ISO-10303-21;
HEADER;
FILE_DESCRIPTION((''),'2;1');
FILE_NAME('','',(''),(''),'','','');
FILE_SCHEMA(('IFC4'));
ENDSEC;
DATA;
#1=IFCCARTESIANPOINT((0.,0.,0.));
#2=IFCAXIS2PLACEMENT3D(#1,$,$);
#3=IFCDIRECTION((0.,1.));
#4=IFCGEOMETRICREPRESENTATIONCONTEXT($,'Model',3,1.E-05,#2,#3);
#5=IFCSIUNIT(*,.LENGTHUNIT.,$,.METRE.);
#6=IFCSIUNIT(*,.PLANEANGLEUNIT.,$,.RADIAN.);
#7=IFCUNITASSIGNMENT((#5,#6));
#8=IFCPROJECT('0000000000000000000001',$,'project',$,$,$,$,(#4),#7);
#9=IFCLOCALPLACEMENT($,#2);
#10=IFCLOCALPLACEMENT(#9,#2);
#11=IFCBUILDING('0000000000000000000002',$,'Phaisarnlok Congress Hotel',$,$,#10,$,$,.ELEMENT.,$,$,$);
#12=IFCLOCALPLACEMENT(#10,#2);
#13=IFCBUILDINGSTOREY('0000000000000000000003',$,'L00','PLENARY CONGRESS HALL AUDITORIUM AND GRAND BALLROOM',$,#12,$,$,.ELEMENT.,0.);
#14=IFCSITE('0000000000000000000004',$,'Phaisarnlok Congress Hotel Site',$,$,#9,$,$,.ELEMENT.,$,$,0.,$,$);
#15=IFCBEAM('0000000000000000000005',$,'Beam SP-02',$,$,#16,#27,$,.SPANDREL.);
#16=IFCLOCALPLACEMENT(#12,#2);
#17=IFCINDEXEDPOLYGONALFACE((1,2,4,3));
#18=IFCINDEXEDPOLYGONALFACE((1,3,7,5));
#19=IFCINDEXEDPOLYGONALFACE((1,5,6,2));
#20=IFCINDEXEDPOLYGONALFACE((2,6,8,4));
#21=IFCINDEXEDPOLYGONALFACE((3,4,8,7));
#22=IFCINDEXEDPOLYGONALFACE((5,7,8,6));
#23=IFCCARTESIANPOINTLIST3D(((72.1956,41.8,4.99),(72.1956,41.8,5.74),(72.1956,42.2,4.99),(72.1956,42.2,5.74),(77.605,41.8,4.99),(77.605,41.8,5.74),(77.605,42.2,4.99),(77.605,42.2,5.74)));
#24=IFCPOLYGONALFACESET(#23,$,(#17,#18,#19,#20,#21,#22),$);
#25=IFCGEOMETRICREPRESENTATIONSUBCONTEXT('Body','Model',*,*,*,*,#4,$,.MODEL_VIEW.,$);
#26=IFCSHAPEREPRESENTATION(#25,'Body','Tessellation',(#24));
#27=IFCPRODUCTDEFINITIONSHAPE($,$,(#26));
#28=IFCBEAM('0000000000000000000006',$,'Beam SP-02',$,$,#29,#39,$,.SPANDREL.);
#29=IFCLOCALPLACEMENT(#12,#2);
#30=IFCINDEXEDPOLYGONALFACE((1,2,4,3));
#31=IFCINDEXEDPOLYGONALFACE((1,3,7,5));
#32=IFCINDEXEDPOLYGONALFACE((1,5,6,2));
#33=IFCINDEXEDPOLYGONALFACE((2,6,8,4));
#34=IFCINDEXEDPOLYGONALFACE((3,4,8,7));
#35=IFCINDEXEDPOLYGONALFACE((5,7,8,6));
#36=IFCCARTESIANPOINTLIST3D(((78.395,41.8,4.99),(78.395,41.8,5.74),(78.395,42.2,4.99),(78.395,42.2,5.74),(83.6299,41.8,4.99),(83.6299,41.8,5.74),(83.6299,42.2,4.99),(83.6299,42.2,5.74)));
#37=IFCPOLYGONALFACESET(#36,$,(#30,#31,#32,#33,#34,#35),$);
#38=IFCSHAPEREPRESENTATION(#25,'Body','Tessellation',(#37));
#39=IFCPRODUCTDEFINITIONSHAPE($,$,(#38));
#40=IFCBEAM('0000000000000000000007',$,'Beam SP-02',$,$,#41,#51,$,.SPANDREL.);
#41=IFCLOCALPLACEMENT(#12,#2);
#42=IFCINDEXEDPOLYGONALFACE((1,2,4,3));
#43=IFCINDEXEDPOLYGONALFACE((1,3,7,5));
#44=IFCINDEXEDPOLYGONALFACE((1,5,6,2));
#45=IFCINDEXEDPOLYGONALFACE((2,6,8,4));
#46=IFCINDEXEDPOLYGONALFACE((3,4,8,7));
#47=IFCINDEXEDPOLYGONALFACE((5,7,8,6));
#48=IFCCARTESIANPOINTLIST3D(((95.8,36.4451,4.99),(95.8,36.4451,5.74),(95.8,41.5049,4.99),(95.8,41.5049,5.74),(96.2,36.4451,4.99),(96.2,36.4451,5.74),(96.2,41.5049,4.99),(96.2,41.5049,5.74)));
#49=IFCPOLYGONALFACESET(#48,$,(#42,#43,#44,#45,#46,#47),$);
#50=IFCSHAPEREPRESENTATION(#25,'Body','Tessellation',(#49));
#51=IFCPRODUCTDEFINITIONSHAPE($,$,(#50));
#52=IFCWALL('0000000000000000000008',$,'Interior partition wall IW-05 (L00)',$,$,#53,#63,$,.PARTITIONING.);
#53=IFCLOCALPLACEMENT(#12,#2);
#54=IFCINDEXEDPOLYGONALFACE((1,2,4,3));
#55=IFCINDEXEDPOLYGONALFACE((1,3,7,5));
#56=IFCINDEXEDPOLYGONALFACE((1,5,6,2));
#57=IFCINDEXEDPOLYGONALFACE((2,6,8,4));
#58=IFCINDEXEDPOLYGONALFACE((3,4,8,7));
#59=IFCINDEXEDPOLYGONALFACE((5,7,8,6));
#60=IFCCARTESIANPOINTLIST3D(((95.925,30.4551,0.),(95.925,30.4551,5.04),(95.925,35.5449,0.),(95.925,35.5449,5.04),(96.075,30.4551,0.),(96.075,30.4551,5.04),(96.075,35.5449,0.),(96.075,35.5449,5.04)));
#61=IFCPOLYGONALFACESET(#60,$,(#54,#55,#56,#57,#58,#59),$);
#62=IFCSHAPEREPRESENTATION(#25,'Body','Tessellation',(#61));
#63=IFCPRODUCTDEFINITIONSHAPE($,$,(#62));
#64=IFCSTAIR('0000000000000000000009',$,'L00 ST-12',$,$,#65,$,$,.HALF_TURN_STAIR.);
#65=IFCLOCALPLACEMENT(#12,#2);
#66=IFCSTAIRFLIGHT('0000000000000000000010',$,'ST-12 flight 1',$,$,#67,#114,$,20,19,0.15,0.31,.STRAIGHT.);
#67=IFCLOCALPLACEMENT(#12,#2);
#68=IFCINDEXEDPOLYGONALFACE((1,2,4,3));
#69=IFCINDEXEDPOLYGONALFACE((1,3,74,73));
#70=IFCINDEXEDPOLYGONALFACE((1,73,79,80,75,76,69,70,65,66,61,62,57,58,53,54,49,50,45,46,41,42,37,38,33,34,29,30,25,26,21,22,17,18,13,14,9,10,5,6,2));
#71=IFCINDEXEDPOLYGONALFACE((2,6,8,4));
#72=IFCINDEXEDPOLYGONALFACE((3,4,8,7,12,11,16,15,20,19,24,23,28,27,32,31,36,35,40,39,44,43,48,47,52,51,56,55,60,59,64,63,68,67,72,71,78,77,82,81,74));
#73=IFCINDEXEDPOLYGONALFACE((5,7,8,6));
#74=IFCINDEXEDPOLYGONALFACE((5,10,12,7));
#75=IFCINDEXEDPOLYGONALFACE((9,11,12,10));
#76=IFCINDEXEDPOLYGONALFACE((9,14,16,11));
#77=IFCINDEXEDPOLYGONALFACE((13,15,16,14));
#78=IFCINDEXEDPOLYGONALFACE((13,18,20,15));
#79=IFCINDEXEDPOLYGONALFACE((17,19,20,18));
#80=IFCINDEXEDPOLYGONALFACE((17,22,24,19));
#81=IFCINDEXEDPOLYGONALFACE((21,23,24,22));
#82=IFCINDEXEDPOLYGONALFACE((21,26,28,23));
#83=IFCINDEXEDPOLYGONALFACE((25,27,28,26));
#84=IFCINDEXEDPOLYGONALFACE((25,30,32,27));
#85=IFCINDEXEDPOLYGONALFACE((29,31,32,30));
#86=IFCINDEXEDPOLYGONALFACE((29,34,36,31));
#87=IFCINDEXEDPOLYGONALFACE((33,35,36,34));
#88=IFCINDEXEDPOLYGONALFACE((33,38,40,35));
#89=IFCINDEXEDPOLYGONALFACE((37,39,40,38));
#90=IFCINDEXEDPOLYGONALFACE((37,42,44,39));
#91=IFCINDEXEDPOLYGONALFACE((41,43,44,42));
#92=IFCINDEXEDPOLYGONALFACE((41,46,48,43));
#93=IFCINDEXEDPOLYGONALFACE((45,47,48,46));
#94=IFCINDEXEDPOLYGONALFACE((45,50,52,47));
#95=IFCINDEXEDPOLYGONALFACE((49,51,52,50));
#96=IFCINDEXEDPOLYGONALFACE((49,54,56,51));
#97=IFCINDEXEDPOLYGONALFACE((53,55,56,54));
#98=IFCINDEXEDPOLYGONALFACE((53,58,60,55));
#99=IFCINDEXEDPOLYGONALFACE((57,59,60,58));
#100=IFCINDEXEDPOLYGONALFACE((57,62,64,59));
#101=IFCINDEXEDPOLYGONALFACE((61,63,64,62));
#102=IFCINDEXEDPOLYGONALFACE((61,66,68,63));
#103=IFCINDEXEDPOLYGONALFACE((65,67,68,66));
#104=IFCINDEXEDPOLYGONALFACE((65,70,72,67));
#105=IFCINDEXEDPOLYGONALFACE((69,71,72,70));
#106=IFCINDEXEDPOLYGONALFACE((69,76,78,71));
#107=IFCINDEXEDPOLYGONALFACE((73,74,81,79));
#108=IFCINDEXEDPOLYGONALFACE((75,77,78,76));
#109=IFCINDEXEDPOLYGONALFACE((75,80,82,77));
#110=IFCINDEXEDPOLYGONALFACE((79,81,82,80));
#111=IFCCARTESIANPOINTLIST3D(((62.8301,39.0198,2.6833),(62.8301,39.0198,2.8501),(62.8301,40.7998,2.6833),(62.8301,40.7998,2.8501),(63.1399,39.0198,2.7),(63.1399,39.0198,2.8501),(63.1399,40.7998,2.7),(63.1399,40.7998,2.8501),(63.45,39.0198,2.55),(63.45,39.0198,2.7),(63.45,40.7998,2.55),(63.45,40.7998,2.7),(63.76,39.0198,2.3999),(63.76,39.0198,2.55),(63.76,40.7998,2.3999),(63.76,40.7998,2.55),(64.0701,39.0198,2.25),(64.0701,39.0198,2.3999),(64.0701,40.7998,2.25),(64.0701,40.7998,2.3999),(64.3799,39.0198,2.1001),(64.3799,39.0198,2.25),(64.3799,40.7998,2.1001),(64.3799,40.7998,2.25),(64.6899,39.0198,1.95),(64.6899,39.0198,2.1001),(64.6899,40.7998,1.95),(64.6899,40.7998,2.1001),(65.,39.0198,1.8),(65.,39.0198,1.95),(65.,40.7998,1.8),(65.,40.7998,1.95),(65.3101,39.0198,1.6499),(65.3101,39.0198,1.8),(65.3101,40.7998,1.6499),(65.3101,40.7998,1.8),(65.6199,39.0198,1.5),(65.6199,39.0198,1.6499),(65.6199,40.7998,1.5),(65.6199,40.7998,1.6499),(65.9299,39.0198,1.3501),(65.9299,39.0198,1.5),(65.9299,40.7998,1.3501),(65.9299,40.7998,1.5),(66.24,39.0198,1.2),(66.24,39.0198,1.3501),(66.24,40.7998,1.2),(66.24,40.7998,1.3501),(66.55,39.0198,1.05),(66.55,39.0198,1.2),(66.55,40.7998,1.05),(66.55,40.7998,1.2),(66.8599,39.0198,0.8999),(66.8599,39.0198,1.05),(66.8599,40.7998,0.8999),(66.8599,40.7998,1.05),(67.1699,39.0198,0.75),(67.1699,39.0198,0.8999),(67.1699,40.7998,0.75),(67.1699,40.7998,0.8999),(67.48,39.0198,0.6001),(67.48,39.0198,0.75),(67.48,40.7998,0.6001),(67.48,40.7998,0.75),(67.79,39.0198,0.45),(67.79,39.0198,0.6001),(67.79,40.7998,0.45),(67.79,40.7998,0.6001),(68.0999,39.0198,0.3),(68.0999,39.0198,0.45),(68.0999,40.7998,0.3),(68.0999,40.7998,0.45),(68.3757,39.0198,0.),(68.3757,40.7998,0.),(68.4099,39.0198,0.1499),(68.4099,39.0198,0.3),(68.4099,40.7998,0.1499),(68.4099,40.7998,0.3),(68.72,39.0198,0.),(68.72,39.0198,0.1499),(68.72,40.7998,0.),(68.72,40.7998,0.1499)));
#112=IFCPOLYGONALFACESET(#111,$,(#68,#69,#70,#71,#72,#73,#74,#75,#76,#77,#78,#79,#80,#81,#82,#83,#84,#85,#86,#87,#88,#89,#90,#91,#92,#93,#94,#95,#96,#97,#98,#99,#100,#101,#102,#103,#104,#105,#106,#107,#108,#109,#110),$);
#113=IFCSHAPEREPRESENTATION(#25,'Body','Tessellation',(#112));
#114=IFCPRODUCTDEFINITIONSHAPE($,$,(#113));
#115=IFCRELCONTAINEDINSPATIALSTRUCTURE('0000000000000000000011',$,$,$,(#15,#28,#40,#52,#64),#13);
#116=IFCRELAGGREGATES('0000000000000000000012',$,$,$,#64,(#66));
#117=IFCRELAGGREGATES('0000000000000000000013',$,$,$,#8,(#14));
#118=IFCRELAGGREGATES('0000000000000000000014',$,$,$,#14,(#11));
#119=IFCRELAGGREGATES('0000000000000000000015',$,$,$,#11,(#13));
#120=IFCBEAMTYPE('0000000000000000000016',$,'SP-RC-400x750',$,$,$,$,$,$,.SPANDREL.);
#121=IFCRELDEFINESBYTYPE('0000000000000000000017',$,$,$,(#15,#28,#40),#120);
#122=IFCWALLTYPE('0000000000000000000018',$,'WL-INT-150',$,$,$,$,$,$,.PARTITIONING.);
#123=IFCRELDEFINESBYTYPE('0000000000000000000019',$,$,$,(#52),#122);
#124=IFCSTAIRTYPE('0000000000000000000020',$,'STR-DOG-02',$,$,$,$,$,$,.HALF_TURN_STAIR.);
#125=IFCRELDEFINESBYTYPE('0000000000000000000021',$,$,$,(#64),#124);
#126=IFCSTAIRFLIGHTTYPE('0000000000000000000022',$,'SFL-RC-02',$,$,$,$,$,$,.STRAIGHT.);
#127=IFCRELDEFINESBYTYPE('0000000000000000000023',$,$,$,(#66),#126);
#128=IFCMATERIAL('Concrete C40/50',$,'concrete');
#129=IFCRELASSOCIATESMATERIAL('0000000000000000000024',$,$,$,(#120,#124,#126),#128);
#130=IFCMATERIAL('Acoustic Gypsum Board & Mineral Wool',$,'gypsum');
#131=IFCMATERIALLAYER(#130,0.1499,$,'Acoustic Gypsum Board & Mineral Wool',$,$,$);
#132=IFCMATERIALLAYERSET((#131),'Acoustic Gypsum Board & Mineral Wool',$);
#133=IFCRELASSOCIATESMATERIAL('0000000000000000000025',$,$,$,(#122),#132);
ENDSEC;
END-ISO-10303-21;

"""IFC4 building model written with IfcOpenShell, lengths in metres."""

from ifc_helpers import new_model, si_unit, direction, frame, frame_2d, origin, origin_2d, place, context, subcontext, project, spatial, polyline, rectangle, outline, extrude, material, layer, layer_set, material_profile, profile_set, type_object, element, aggregate, save


model = new_model("IFC4")

# Units and contexts
model_context = context("Model", 3, precision=1e-05, world=origin(), true_north=direction((0.0, 1.0)))
body_context = subcontext(model_context, "Body", "Model", "MODEL_VIEW")
ifc_project = project(units=[si_unit("LENGTHUNIT", "METRE"), si_unit("PLANEANGLEUNIT", "RADIAN")], contexts=[model_context])

# Site, building, storey
site_placement = place(None, origin())
site = spatial("IfcSite", under=ifc_project, at=site_placement, Name="Phaisarnlok Congress Hotel Site", CompositionType="ELEMENT", RefElevation=0.0)
building_placement = place(site_placement, origin())
building = spatial("IfcBuilding", under=site, at=building_placement, Name="Phaisarnlok Congress Hotel", CompositionType="ELEMENT")
storey_placement = place(building_placement, origin())
storey = spatial("IfcBuildingStorey", under=building, at=storey_placement, Name="L00", Description="PLENARY CONGRESS HALL AUDITORIUM AND GRAND BALLROOM", CompositionType="ELEMENT", Elevation=0.0)

# Beams
ifc_material_1 = material(Name="Concrete C40/50", Category="concrete")
ifc_material_profile_1 = material_profile(ifc_material_1, rectangle(XDim=0.3999, YDim=0.75, at=origin_2d()), Name="RC 400x750")
ifc_profile_set_1 = profile_set([ifc_material_profile_1], Name="Concrete C40/50")
beam_type_1 = type_object("IfcBeamType", Name="SP-RC-400x750", PredefinedType="SPANDREL", material=ifc_profile_set_1)
beam_1_placement = place(storey_placement, frame((72.1956, 42.0, 5.365), z_axis=(1.0, 0.0, 0.0), x_axis=(0.0, 1.0, 0.0)))
element("IfcBeam", 1, at=beam_1_placement, inside=storey, type_object=beam_type_1, Name="Beam SP-02", PredefinedType="SPANDREL", context=body_context, shape_type="SweptSolid", body=[
    extrude(rectangle(XDim=0.3999, YDim=0.75, at=origin_2d()), origin(), (0.0, 0.0, 1.0), 5.4094),
])
beam_2_placement = place(storey_placement, frame((78.395, 42.0, 5.365), z_axis=(1.0, 0.0, 0.0), x_axis=(0.0, 1.0, 0.0)))
element("IfcBeam", 2, at=beam_2_placement, inside=storey, type_object=beam_type_1, Name="Beam SP-02", PredefinedType="SPANDREL", context=body_context, shape_type="SweptSolid", body=[
    extrude(rectangle(XDim=0.3999, YDim=0.75, at=origin_2d()), origin(), (0.0, 0.0, 1.0), 5.2349),
])
beam_3_placement = place(storey_placement, frame((96.0, 36.4451, 5.365), z_axis=(0.0, 1.0, 0.0), x_axis=(-1.0, 0.0, 0.0)))
element("IfcBeam", 3, at=beam_3_placement, inside=storey, type_object=beam_type_1, Name="Beam SP-02", PredefinedType="SPANDREL", context=body_context, shape_type="SweptSolid", body=[
    extrude(rectangle(XDim=0.3999, YDim=0.75, at=origin_2d()), origin(), (0.0, 0.0, 1.0), 5.0598),
])

# Wall
ifc_material_2 = material(Name="Acoustic Gypsum Board & Mineral Wool", Category="gypsum")
ifc_layer_1 = layer(ifc_material_2, 0.1499, Name="Acoustic Gypsum Board & Mineral Wool")
ifc_layer_set_1 = layer_set([ifc_layer_1], Name="Acoustic Gypsum Board & Mineral Wool")
wall_type_1 = type_object("IfcWallType", Name="WL-INT-150", PredefinedType="PARTITIONING", material=ifc_layer_set_1)
wall_1_placement = place(storey_placement, frame((96.0, 30.4551, 0.0), z_axis=(0.0, 0.0, 1.0), x_axis=(0.0, 1.0, 0.0)))
element("IfcWall", 4, at=wall_1_placement, inside=storey, type_object=wall_type_1, Name="Interior partition wall IW-05 (L00)", PredefinedType="PARTITIONING", context=body_context, shape_type="SweptSolid", body=[
    extrude(rectangle(XDim=5.0898, YDim=0.1499, at=frame_2d((2.5449, 0.0))), origin(), (0.0, 0.0, 1.0), 5.04),
])

# Stair, stair flight
stair_type = type_object("IfcStairType", Name="STR-DOG-02", PredefinedType="HALF_TURN_STAIR", material=ifc_material_1)
stair_placement = place(storey_placement, origin())
stair = element("IfcStair", 5, at=stair_placement, inside=storey, type_object=stair_type, Name="L00 ST-12", PredefinedType="HALF_TURN_STAIR")
stair_flight_type = type_object("IfcStairFlightType", Name="SFL-RC-02", PredefinedType="STRAIGHT", material=ifc_material_1)
stair_flight_placement = place(storey_placement, frame((68.72, 39.9099, 0.0), z_axis=(0.0, 0.0, 1.0), x_axis=(-1.0, 0.0, 0.0)))
stair_flight = element("IfcStairFlight", 6, at=stair_flight_placement, type_object=stair_flight_type, Name="ST-12 flight 1", NumberOfRisers=20, NumberOfTreads=19, PredefinedType="STRAIGHT", RiserHeight=0.15, TreadLength=0.31, context=body_context, shape_type="SweptSolid", body=[
    extrude(outline(polyline([(0.0, 0.0), (0.0, 0.1499), (0.3101, 0.1499), (0.3101, 0.3), (0.6201, 0.3), (0.6201, 0.45), (0.9299, 0.45), (0.9299, 0.6001), (1.24, 0.6001), (1.24, 0.75), (1.55, 0.75), (1.55, 0.8999), (1.8601, 0.8999), (1.8601, 1.05), (2.1699, 1.05), (2.1699, 1.2), (2.48, 1.2), (2.48, 1.3501), (2.79, 1.3501), (2.79, 1.5), (3.1001, 1.5), (3.1001, 1.6499), (3.4099, 1.6499), (3.4099, 1.8), (3.72, 1.8), (3.72, 1.95), (4.03, 1.95), (4.03, 2.1001), (4.3401, 2.1001), (4.3401, 2.25), (4.6499, 2.25), (4.6499, 2.3999), (4.96, 2.3999), (4.96, 2.55), (5.27, 2.55), (5.27, 2.7), (5.5801, 2.7), (5.5801, 2.8501), (5.8899, 2.8501), (5.8899, 3.0), (5.8899, 2.6833), (0.3442, 0.0), (0.0, 0.0)])), frame((0.0, 0.8901, 0.0), z_axis=(0.0, -1.0, 0.0), x_axis=(1.0, 0.0, 0.0)), (0.0, 0.0, 1.0), 1.78),
])
aggregate(stair, [stair_flight])

save(model, "model.ifc")
